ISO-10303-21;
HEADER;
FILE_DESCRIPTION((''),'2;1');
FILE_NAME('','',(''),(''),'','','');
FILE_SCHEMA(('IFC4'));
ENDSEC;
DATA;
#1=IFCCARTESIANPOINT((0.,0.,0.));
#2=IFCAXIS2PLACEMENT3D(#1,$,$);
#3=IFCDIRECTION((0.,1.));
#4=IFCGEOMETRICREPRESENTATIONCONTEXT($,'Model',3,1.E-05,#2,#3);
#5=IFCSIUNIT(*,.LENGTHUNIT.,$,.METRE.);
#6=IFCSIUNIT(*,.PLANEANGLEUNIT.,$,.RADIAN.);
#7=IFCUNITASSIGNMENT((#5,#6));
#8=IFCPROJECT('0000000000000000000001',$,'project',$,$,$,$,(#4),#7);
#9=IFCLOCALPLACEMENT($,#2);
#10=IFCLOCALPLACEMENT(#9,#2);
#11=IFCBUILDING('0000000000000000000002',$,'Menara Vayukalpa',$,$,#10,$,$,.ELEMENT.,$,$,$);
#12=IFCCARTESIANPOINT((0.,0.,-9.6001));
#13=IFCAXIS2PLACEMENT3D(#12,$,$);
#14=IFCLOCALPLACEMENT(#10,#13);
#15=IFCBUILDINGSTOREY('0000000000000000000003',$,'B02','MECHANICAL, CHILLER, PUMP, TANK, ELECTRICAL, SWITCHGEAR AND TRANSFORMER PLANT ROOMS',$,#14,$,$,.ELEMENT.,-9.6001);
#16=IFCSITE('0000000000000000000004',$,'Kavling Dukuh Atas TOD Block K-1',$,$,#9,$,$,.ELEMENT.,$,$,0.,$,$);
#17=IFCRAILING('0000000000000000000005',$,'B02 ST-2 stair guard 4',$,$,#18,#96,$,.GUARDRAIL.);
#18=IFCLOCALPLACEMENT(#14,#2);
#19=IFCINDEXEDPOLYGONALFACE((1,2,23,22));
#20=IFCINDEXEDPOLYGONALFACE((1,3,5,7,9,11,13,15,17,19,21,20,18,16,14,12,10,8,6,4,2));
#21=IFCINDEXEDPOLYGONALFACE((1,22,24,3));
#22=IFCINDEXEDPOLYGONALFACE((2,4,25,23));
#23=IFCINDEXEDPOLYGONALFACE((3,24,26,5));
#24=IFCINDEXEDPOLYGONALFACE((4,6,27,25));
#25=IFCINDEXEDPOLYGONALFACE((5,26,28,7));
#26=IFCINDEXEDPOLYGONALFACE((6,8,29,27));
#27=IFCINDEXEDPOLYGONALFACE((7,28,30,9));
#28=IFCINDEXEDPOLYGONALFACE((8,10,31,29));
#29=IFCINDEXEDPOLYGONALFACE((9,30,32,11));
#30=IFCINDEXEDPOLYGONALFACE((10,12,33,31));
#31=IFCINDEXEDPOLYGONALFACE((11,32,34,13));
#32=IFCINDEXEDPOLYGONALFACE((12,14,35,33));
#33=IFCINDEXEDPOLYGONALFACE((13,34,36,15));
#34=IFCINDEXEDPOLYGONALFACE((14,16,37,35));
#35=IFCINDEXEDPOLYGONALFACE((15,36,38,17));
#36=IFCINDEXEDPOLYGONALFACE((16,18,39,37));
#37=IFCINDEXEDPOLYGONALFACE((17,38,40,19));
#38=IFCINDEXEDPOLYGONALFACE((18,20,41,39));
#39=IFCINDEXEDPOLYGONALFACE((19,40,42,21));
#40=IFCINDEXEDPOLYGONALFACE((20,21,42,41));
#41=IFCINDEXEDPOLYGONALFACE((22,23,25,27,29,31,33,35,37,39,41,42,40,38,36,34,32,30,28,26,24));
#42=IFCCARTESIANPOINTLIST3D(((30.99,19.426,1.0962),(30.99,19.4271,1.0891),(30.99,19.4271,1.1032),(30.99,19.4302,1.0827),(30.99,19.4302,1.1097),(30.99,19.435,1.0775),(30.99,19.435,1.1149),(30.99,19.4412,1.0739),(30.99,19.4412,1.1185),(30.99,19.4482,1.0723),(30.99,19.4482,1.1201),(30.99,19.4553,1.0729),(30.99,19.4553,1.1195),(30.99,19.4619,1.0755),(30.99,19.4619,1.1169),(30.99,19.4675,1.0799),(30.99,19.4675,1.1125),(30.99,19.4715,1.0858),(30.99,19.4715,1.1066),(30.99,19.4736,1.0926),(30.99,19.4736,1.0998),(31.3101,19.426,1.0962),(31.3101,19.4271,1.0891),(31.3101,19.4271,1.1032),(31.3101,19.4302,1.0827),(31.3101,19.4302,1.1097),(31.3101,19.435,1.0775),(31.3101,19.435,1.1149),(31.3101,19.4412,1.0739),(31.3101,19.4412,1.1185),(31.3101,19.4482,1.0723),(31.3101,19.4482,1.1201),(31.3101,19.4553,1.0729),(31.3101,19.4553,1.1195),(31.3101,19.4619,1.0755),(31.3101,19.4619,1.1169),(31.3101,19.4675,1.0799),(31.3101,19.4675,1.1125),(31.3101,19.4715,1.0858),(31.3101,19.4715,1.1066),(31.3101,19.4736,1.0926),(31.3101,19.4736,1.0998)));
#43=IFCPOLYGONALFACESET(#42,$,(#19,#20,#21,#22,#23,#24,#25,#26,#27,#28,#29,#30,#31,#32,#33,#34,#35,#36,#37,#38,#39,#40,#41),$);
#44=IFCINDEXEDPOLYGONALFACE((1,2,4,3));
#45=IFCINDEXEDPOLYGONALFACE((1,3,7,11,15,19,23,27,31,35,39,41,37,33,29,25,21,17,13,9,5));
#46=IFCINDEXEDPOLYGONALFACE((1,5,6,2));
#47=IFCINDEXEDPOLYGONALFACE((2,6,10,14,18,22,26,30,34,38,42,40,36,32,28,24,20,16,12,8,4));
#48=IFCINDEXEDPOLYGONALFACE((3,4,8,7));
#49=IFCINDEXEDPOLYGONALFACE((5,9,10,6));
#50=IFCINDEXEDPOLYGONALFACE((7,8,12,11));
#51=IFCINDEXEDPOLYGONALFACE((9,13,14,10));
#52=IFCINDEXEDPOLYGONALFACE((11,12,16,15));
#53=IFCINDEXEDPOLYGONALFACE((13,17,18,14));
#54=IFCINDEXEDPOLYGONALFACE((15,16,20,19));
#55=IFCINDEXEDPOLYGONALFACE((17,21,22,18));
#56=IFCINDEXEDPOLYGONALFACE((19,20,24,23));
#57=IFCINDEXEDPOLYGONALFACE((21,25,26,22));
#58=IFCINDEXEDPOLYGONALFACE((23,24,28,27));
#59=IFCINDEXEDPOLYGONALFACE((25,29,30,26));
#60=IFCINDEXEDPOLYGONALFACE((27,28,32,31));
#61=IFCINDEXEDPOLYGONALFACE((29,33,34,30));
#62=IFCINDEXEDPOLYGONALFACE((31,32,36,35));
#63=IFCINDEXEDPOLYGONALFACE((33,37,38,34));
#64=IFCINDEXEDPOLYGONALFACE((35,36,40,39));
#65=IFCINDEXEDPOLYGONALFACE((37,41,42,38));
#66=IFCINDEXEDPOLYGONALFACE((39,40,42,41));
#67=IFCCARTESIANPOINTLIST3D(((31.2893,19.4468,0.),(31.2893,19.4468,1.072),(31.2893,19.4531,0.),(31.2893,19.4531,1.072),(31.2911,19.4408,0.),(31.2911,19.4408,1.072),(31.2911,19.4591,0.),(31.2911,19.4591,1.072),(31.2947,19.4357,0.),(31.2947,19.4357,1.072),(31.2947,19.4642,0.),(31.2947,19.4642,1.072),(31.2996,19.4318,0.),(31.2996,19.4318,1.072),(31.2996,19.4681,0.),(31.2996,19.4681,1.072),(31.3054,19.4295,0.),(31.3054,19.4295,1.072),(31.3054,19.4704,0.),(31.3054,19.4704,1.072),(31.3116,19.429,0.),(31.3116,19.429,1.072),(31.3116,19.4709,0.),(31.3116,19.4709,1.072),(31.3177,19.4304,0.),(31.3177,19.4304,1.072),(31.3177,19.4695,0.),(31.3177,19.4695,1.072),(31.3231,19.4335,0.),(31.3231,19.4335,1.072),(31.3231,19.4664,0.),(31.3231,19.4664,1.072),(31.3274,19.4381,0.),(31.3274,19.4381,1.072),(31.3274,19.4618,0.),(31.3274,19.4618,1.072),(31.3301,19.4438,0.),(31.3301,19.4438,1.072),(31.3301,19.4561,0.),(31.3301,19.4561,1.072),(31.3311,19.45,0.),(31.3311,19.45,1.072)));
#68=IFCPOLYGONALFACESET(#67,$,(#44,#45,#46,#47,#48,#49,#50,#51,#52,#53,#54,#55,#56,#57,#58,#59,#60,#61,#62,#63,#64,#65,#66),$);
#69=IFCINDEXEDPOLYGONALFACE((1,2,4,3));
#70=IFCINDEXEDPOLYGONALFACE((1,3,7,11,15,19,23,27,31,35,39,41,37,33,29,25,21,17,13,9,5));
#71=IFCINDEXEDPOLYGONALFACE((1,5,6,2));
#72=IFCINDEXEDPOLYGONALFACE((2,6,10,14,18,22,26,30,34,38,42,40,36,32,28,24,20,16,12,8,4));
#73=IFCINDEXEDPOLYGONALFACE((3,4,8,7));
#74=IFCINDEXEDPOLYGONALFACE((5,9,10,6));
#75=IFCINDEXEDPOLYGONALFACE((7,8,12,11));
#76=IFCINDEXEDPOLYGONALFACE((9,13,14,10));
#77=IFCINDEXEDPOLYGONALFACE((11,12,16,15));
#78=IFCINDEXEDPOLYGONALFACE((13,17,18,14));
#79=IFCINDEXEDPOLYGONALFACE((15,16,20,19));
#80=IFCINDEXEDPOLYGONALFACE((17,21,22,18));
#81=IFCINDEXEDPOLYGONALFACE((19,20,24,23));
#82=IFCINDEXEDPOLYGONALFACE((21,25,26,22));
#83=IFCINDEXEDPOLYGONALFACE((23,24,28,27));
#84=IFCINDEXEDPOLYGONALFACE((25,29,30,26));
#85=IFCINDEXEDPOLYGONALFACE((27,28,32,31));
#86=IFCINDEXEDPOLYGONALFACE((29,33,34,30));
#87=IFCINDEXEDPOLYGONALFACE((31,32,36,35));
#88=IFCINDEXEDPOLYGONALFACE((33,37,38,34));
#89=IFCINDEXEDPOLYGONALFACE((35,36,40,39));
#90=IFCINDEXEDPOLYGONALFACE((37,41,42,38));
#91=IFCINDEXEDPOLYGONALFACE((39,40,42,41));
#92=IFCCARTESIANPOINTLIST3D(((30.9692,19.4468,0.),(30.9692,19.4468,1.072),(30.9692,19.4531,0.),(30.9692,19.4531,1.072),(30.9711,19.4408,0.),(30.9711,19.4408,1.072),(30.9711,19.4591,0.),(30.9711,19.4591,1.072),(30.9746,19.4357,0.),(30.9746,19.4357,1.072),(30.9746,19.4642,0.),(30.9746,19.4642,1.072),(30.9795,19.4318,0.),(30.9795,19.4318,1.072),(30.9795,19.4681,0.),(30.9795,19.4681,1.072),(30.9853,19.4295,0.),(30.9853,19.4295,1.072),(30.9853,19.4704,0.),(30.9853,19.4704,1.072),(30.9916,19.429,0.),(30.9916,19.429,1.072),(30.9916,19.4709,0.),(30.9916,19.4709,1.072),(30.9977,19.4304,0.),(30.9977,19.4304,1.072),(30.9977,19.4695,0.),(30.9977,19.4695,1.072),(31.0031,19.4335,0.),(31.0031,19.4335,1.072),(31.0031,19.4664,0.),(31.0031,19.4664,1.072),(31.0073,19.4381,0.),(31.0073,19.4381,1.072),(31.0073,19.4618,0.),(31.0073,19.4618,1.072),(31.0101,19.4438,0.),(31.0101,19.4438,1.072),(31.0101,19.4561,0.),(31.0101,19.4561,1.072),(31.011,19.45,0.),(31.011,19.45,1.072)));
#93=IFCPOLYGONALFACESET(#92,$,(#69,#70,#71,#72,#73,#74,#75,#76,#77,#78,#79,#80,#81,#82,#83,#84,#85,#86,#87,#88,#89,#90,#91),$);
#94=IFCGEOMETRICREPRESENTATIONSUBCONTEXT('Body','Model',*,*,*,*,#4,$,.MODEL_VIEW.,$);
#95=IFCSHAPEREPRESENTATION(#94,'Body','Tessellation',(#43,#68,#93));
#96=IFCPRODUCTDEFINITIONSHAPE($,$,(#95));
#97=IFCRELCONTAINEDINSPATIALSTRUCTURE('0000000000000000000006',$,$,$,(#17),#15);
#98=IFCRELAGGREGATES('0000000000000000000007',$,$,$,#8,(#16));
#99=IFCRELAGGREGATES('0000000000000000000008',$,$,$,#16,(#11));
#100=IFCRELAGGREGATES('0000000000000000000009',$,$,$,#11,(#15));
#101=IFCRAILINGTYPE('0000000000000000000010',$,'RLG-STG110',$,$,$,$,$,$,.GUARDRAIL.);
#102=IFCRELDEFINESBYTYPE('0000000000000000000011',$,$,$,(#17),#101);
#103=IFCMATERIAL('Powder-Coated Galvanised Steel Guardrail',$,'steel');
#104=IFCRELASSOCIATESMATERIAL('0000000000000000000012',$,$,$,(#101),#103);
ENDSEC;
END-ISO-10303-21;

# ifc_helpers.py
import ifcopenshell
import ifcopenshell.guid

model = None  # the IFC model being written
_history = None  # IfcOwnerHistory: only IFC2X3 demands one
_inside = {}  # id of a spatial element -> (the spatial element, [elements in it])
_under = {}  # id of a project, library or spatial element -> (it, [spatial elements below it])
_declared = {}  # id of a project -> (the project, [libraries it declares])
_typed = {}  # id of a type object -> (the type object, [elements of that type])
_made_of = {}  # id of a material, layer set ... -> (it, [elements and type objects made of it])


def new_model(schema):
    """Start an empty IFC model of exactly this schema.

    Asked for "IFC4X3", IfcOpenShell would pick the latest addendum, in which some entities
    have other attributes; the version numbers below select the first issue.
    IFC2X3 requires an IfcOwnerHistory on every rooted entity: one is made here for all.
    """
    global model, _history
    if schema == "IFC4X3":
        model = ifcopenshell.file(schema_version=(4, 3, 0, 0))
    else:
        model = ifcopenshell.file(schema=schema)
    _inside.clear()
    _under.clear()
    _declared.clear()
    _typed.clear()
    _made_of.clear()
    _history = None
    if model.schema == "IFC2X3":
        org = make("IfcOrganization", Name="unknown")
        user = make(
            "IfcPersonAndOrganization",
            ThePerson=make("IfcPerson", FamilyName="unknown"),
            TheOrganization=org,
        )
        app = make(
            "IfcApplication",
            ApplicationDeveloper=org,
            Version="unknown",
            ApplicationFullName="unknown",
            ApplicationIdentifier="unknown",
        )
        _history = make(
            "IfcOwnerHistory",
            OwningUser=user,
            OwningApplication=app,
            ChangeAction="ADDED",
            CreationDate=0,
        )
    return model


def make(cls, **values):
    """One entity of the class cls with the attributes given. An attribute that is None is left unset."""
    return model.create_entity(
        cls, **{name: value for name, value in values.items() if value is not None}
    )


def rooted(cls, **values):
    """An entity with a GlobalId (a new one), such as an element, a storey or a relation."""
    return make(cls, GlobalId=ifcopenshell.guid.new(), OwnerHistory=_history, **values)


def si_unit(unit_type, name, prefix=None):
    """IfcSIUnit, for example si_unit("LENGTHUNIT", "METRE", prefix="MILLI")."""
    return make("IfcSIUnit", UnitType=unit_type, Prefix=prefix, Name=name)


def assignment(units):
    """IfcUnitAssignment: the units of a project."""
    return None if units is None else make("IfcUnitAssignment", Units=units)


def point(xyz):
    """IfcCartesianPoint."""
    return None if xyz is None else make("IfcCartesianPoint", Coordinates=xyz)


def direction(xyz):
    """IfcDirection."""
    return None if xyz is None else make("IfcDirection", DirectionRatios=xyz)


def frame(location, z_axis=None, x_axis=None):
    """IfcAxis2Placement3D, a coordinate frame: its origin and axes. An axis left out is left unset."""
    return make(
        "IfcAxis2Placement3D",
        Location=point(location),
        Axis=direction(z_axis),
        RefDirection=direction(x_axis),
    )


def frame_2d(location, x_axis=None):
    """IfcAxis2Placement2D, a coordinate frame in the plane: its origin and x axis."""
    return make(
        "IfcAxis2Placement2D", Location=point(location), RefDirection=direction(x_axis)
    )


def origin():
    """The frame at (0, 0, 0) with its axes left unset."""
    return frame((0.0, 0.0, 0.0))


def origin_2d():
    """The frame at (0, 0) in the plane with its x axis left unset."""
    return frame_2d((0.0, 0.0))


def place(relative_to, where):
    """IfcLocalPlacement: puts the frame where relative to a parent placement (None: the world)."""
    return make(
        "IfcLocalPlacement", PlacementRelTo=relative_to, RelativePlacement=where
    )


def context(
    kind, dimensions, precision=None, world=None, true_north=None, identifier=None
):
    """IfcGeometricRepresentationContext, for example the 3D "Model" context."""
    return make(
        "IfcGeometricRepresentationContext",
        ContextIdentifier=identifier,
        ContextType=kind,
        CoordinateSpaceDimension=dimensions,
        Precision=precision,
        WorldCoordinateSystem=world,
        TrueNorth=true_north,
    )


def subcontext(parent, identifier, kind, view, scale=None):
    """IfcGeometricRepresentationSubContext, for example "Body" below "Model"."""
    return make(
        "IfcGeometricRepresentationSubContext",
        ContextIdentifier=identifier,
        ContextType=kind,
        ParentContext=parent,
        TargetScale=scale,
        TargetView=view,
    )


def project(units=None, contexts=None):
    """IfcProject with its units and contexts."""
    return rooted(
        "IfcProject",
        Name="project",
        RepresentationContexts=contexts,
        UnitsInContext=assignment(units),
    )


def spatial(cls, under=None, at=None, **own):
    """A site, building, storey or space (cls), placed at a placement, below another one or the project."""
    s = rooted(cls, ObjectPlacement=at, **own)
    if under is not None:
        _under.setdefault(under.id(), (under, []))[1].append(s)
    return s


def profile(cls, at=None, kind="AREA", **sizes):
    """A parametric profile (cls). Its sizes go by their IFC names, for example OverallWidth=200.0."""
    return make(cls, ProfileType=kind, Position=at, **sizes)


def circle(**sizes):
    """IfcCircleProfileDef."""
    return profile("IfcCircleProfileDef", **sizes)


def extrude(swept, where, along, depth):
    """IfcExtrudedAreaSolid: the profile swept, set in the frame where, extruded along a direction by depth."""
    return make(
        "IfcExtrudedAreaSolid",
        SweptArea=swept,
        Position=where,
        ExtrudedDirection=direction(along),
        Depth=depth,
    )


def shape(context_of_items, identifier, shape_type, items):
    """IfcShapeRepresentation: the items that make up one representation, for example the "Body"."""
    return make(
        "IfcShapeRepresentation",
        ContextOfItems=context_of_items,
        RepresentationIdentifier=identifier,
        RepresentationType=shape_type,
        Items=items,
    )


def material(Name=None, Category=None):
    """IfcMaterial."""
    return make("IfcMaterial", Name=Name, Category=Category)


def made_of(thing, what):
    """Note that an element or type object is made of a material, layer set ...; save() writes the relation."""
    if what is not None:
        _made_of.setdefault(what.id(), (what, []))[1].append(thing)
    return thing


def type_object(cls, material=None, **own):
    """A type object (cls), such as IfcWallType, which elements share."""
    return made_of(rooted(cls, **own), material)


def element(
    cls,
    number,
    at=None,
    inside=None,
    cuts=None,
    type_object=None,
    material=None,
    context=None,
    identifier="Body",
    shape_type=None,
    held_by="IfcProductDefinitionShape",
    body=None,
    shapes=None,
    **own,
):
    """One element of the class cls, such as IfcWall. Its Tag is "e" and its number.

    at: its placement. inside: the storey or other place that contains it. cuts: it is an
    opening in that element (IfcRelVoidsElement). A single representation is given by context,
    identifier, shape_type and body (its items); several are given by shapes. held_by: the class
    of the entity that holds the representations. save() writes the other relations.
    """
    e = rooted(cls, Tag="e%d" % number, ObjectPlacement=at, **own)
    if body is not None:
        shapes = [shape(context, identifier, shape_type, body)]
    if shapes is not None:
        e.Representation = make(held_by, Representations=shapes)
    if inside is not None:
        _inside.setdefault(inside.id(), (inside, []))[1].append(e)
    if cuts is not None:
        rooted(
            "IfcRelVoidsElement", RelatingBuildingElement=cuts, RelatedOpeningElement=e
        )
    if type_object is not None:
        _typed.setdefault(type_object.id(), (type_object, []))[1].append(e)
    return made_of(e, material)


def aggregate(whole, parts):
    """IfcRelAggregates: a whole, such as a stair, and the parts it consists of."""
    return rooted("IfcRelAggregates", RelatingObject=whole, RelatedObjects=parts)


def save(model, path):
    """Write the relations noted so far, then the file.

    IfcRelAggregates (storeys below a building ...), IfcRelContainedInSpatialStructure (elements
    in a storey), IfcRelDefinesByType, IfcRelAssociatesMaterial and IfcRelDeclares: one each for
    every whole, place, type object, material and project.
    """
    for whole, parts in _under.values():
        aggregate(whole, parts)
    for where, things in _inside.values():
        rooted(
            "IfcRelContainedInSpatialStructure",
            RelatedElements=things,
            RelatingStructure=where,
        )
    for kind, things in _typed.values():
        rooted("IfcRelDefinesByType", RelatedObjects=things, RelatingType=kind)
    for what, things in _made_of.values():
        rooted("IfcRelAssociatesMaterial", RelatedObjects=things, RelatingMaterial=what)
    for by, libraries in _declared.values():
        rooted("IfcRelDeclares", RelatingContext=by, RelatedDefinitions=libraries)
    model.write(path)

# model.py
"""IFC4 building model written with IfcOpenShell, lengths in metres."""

from ifc_helpers import new_model, si_unit, direction, frame, origin, origin_2d, place, context, subcontext, project, spatial, circle, extrude, material, type_object, element, save


model = new_model("IFC4")

# Units and contexts
model_context = context("Model", 3, precision=1e-05, world=origin(), true_north=direction((0.0, 1.0)))
body_context = subcontext(model_context, "Body", "Model", "MODEL_VIEW")
ifc_project = project(units=[si_unit("LENGTHUNIT", "METRE"), si_unit("PLANEANGLEUNIT", "RADIAN")], contexts=[model_context])

# Site, building, storey
site_placement = place(None, origin())
site = spatial("IfcSite", under=ifc_project, at=site_placement, Name="Kavling Dukuh Atas TOD Block K-1", CompositionType="ELEMENT", RefElevation=0.0)
building_placement = place(site_placement, origin())
building = spatial("IfcBuilding", under=site, at=building_placement, Name="Menara Vayukalpa", CompositionType="ELEMENT")
storey_placement = place(building_placement, frame((0.0, 0.0, -9.6001)))
storey = spatial("IfcBuildingStorey", under=building, at=storey_placement, Name="B02", Description="MECHANICAL, CHILLER, PUMP, TANK, ELECTRICAL, SWITCHGEAR AND TRANSFORMER PLANT ROOMS", CompositionType="ELEMENT", Elevation=-9.6001)

# Railing
ifc_material_1 = material(Name="Powder-Coated Galvanised Steel Guardrail", Category="steel")
railing_type = type_object("IfcRailingType", Name="RLG-STG110", PredefinedType="GUARDRAIL", material=ifc_material_1)
railing_1_placement = place(storey_placement, frame((31.3101, 19.45, 0.0)))
element("IfcRailing", 1, at=railing_1_placement, inside=storey, type_object=railing_type, Name="B02 ST-2 stair guard 4", PredefinedType="GUARDRAIL", context=body_context, shape_type="SweptSolid", body=[
    extrude(circle(Radius=0.0239, at=origin_2d()), frame((0.0, 0.0, 1.0962), z_axis=(-1.0, 0.0, 0.0), x_axis=(0.0, -1.0, 0.0)), (0.0, 0.0, 1.0), 0.3201),
    extrude(circle(Radius=0.021, at=origin_2d()), origin(), (0.0, 0.0, 1.0), 1.072),
    extrude(circle(Radius=0.021, at=origin_2d()), frame((-0.3201, 0.0, 0.0)), (0.0, 0.0, 1.0), 1.072),
])

save(model, "model.ifc")
